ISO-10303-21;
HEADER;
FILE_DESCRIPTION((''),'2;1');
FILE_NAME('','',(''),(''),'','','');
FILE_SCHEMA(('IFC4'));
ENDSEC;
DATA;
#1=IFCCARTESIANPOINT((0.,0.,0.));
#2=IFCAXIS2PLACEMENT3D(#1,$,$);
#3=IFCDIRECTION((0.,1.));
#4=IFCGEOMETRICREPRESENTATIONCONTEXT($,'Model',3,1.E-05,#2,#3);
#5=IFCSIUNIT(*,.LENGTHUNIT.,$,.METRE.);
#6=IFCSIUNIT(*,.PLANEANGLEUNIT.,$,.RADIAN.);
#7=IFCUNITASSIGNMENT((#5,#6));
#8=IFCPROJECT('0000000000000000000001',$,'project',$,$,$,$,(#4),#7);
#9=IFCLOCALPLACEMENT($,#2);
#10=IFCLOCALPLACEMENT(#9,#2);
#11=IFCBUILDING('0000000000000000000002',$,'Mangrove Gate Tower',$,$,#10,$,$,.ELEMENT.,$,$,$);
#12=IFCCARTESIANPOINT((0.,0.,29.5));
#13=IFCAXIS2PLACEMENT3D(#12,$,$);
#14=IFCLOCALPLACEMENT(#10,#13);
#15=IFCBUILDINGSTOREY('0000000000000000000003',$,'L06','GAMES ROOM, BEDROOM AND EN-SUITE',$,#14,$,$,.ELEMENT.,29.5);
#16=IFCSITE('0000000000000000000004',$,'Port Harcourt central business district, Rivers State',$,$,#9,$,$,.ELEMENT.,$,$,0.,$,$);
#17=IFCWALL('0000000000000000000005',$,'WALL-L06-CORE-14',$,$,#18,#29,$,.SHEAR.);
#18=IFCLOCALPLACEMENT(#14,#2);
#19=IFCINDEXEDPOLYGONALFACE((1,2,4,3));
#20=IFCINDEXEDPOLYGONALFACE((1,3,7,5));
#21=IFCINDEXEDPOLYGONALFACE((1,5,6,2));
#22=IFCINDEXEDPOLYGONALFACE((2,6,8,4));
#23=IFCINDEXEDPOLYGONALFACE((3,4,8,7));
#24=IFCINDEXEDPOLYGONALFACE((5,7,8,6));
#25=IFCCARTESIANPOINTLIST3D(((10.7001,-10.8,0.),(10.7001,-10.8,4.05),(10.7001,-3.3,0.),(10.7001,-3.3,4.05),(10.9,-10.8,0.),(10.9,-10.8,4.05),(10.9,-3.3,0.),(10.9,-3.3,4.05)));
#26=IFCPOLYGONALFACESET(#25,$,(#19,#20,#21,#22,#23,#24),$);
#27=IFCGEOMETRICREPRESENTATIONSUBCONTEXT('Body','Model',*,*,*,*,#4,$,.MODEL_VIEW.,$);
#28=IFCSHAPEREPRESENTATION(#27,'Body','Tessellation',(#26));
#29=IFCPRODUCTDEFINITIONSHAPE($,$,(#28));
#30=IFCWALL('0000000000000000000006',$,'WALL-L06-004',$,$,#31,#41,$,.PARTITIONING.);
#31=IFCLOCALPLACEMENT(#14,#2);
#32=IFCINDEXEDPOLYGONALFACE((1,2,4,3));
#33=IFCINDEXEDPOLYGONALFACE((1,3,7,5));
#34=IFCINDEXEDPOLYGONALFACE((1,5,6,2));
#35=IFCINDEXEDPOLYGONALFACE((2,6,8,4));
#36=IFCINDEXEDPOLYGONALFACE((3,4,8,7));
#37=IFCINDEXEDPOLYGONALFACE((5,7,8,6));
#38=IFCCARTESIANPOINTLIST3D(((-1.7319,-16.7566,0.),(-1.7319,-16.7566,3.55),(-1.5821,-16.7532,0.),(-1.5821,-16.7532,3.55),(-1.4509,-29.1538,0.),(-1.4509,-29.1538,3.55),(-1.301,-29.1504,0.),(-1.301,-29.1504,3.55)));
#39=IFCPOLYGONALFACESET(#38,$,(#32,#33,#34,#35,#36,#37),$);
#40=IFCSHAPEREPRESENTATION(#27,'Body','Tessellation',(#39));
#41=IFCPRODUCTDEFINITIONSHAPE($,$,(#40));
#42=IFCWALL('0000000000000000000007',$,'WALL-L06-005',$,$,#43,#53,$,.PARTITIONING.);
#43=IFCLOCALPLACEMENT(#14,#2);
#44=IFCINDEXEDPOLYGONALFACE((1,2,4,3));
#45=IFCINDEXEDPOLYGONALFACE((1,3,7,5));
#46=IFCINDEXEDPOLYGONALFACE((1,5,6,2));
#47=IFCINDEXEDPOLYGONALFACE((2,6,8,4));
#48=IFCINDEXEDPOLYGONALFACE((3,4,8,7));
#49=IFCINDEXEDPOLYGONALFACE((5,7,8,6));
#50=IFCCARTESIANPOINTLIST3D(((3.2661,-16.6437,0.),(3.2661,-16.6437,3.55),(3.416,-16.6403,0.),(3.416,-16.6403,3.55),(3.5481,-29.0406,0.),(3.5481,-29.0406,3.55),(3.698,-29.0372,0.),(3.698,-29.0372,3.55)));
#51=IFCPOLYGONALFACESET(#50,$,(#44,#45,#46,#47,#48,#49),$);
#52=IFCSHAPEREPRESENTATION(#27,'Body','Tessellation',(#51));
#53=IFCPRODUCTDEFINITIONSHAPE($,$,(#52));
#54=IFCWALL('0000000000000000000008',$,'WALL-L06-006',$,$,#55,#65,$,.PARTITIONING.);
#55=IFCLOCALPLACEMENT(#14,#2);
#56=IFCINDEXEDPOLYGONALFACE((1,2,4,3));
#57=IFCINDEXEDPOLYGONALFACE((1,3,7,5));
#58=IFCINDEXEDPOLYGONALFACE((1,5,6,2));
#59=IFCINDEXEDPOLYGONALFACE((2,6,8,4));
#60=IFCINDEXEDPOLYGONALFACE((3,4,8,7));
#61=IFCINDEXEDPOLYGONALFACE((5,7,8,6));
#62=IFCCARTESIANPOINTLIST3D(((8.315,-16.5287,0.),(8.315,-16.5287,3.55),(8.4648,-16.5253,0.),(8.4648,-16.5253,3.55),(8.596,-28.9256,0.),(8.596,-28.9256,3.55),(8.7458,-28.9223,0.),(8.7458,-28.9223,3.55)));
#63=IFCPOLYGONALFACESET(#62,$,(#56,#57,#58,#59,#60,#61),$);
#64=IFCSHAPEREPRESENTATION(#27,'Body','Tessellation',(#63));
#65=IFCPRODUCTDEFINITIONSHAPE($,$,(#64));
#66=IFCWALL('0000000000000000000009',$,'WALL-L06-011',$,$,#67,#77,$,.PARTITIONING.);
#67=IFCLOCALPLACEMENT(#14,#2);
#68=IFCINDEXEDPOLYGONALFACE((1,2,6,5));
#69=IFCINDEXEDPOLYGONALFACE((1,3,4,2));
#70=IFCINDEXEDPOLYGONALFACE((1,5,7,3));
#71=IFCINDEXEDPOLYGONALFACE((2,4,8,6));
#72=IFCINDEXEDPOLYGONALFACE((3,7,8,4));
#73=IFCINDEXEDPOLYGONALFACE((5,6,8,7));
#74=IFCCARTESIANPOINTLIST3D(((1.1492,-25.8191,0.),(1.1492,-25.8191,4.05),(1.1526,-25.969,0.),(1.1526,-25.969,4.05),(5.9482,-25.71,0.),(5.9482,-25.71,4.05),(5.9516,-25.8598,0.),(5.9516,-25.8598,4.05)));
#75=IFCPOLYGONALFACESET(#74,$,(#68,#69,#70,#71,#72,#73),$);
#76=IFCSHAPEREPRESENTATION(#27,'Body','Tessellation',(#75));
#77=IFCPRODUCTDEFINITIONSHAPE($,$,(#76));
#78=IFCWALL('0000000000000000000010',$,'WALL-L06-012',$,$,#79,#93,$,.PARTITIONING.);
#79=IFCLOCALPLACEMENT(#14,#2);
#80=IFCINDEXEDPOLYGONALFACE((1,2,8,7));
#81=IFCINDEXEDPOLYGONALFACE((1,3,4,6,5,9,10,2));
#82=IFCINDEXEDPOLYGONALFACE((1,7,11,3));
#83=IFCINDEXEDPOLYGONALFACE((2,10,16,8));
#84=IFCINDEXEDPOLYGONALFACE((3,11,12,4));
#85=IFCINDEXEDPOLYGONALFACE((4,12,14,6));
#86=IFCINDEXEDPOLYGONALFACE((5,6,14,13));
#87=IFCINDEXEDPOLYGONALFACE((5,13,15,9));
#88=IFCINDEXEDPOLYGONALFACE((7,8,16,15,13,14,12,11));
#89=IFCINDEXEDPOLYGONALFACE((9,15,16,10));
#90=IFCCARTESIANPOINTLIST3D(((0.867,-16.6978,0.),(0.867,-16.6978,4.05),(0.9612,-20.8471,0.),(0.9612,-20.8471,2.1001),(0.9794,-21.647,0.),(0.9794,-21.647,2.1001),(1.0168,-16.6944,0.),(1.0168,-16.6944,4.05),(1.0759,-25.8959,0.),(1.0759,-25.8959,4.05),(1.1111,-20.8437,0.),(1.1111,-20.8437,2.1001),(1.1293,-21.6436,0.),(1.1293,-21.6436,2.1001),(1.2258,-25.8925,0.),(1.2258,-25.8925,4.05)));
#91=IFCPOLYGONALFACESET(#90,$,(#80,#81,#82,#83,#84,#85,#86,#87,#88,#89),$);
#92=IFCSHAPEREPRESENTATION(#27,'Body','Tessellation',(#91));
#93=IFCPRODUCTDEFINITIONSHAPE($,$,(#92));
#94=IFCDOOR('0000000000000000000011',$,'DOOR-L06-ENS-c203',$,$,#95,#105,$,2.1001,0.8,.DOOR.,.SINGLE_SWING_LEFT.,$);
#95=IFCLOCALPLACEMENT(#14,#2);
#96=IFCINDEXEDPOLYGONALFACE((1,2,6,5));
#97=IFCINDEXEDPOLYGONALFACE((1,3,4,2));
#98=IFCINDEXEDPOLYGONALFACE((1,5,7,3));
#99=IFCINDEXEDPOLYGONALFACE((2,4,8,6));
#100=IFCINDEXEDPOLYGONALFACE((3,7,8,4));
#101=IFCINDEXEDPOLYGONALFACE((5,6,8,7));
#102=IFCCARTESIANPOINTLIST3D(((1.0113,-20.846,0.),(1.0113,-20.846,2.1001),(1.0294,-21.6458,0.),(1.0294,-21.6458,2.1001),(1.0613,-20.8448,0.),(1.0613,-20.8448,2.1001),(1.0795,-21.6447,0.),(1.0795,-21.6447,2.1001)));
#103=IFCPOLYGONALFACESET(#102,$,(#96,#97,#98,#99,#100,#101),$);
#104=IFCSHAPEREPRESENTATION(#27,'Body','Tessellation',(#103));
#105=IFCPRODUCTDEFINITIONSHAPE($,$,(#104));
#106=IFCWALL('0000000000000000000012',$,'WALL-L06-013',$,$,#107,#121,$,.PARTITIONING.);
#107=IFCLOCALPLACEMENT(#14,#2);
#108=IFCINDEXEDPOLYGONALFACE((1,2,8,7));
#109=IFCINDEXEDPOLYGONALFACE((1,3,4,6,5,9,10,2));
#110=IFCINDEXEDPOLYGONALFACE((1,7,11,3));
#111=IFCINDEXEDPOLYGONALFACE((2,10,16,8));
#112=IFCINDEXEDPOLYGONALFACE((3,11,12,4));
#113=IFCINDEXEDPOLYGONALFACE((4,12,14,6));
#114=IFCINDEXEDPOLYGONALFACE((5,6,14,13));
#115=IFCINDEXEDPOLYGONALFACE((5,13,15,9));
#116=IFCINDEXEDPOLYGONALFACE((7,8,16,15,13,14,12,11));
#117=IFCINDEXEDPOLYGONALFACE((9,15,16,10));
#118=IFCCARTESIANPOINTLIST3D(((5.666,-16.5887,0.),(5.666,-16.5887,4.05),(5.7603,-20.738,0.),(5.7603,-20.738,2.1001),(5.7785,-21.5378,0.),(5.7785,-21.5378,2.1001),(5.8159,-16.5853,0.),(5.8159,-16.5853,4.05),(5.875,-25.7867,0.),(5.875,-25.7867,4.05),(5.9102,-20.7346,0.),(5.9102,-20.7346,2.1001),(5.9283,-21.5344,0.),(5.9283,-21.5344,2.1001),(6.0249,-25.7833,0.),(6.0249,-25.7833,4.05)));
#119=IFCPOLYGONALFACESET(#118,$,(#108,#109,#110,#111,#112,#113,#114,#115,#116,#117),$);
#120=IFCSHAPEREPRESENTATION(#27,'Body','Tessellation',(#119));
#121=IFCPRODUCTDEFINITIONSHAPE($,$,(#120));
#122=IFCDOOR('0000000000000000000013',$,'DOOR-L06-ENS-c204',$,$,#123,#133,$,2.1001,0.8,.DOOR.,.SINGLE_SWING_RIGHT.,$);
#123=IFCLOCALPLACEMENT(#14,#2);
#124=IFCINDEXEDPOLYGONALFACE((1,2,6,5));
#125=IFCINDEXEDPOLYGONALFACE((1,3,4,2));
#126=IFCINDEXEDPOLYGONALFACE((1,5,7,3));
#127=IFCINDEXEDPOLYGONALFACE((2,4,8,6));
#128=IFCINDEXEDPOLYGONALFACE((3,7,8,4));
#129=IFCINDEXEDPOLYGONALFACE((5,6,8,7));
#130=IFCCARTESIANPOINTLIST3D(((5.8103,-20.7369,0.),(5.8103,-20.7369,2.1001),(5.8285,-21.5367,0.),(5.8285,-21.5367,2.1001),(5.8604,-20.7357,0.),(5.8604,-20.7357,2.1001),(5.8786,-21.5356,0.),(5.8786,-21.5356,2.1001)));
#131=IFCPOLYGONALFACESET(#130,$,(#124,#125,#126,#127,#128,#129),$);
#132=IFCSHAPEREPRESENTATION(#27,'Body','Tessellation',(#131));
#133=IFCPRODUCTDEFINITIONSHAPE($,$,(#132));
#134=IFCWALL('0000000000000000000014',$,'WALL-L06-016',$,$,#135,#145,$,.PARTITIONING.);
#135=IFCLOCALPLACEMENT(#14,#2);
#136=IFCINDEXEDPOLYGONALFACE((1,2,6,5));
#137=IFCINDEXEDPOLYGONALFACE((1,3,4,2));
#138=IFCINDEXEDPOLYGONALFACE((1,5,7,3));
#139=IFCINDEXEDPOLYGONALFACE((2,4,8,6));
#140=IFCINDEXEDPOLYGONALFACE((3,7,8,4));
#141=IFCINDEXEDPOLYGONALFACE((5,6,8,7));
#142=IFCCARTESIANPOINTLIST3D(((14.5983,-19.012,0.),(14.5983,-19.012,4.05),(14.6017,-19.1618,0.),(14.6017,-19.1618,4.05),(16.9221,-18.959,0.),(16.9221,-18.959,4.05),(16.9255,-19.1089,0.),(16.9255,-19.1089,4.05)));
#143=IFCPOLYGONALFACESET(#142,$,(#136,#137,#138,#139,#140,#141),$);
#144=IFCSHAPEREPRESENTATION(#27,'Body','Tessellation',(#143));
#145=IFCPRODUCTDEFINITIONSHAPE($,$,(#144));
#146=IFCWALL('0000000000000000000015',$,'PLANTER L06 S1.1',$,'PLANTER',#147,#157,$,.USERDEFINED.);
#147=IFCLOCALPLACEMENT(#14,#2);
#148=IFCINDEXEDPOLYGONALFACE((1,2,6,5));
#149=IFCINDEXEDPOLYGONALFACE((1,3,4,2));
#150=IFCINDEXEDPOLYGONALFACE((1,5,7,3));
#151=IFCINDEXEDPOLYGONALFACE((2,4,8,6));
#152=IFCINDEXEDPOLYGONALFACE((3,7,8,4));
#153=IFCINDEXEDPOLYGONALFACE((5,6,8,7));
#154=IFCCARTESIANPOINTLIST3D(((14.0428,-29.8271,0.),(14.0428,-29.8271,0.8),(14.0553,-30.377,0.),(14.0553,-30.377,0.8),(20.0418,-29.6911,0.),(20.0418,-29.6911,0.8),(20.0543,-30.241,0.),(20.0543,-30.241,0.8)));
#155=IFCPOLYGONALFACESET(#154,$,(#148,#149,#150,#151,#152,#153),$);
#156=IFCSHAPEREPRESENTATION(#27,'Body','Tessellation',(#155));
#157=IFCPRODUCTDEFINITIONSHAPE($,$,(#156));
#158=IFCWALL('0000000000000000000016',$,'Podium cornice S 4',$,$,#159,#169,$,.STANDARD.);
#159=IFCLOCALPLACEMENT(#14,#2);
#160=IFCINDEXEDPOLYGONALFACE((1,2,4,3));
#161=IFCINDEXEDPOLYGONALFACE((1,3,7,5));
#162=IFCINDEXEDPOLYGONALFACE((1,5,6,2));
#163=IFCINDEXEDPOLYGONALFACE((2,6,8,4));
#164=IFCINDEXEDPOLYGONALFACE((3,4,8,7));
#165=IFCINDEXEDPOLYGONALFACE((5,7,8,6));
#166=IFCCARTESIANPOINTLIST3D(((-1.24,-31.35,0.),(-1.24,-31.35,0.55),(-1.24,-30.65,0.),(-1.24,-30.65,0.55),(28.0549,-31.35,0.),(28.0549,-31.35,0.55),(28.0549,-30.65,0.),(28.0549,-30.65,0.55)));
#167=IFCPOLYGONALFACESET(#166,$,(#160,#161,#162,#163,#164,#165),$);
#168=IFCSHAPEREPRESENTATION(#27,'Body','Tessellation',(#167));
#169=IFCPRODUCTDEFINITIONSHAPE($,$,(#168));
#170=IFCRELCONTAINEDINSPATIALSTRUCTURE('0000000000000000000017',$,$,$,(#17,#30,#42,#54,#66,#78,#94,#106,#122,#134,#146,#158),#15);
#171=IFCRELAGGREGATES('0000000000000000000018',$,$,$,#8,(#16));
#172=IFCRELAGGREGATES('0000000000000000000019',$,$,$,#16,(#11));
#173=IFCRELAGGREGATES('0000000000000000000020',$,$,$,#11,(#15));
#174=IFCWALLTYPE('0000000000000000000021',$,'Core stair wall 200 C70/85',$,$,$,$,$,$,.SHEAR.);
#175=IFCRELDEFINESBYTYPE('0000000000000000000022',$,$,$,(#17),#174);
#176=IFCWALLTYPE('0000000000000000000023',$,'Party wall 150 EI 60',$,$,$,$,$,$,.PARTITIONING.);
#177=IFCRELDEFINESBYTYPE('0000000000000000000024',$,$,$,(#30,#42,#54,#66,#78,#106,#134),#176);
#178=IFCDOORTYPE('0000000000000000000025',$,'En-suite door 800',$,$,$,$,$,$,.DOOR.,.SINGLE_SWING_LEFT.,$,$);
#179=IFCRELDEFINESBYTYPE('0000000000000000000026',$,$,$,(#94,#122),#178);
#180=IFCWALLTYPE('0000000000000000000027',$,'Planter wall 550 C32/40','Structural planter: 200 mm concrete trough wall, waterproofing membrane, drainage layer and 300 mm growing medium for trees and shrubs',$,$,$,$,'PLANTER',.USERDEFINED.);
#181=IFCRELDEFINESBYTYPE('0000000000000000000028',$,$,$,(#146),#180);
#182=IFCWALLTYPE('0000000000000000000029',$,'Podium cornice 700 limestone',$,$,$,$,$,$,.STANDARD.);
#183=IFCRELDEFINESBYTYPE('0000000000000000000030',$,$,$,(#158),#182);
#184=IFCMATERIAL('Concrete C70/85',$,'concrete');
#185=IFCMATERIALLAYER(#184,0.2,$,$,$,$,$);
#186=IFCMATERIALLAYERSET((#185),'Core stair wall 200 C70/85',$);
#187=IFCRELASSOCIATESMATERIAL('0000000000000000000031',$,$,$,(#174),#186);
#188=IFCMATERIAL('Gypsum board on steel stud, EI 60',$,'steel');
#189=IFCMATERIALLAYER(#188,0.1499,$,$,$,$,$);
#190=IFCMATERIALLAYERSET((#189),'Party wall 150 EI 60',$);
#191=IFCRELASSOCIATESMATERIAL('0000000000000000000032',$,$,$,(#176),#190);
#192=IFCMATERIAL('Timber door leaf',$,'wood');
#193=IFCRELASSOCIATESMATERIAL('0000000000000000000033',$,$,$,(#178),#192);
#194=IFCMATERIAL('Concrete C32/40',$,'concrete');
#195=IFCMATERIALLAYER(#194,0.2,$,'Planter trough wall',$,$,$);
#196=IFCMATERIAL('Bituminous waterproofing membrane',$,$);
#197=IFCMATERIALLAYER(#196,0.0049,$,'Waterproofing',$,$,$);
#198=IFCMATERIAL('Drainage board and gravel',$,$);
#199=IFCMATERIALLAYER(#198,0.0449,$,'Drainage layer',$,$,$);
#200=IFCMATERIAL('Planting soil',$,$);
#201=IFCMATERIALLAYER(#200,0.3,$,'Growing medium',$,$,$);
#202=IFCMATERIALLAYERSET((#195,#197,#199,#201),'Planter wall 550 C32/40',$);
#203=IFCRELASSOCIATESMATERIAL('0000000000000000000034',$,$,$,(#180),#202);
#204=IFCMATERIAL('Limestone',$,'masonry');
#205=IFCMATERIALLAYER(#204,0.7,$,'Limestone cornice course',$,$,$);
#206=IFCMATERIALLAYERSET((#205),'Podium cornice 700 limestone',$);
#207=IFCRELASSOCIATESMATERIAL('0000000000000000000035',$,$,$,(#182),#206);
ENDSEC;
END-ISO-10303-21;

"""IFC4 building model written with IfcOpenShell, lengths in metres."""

from ifc_helpers import new_model, si_unit, direction, frame, frame_2d, origin, place, context, subcontext, project, spatial, rectangle, extrude, material, layer, layer_set, type_object, element, fill, save


model = new_model("IFC4")

# Units and contexts
model_context = context("Model", 3, precision=1e-05, world=origin(), true_north=direction((0.0, 1.0)))
body_context = subcontext(model_context, "Body", "Model", "MODEL_VIEW")
ifc_project = project(units=[si_unit("LENGTHUNIT", "METRE"), si_unit("PLANEANGLEUNIT", "RADIAN")], contexts=[model_context])

# Site, building, storey
site_placement = place(None, origin())
site = spatial("IfcSite", under=ifc_project, at=site_placement, Name="Port Harcourt central business district, Rivers State", CompositionType="ELEMENT", RefElevation=0.0)
building_placement = place(site_placement, origin())
building = spatial("IfcBuilding", under=site, at=building_placement, Name="Mangrove Gate Tower", CompositionType="ELEMENT")
storey_placement = place(building_placement, frame((0.0, 0.0, 29.5)))
storey = spatial("IfcBuildingStorey", under=building, at=storey_placement, Name="L06", Description="GAMES ROOM, BEDROOM AND EN-SUITE", CompositionType="ELEMENT", Elevation=29.5)

# Shared definitions
ifc_material_1 = material(Name="Concrete C70/85", Category="concrete")
ifc_layer_1 = layer(ifc_material_1, 0.2)
ifc_layer_set_1 = layer_set([ifc_layer_1], Name="Core stair wall 200 C70/85")
wall_type_1 = type_object("IfcWallType", Name="Core stair wall 200 C70/85", PredefinedType="SHEAR", material=ifc_layer_set_1)

# Walls
wall_1_placement = place(storey_placement, frame((10.8, -10.8, 0.0), z_axis=(0.0, 0.0, 1.0), x_axis=(0.0, 1.0, 0.0)))
element("IfcWall", 1, at=wall_1_placement, inside=storey, type_object=wall_type_1, Name="WALL-L06-CORE-14", PredefinedType="SHEAR", context=body_context, shape_type="SweptSolid", body=[
    extrude(rectangle(XDim=7.5, YDim=0.2, at=frame_2d((3.75, 0.0))), origin(), (0.0, 0.0, 1.0), 4.05),
])
ifc_material_2 = material(Name="Gypsum board on steel stud, EI 60", Category="steel")
ifc_layer_2 = layer(ifc_material_2, 0.1499)
ifc_layer_set_2 = layer_set([ifc_layer_2], Name="Party wall 150 EI 60")
wall_type_2 = type_object("IfcWallType", Name="Party wall 150 EI 60", PredefinedType="PARTITIONING", material=ifc_layer_set_2)
wall_2_placement = place(storey_placement, frame((-1.376, -29.1521, 0.0), z_axis=(0.0, 0.0, 1.0), x_axis=(-0.022661, 0.999743, 0.0)))
element("IfcWall", 2, at=wall_2_placement, inside=storey, type_object=wall_type_2, Name="WALL-L06-004", PredefinedType="PARTITIONING", context=body_context, shape_type="SweptSolid", body=[
    extrude(rectangle(XDim=12.4004, YDim=0.1499, at=frame_2d((6.2002, 0.0))), origin(), (0.0, 0.0, 1.0), 3.55),
])
for number, where, z_axis, x_axis, name in (
    (3, (3.623, -29.0391, 0.0), (0.0, 0.0, 1.0), (-0.02274, 0.999741, 0.0), "WALL-L06-005"),
    (4, (8.6709, -28.9241, 0.0), (0.0, 0.0, 1.0), (-0.022661, 0.999743, 0.0), "WALL-L06-006"),
):
    element("IfcWall", number, at=place(storey_placement, frame(where, z_axis=z_axis, x_axis=x_axis)), inside=storey, type_object=wall_type_2, Name=name, PredefinedType="PARTITIONING", context=body_context, shape_type="SweptSolid", body=[
        extrude(rectangle(XDim=12.4001, YDim=0.1499, at=frame_2d((6.2002, 0.0))), origin(), (0.0, 0.0, 1.0), 3.55),
    ])
wall_3_placement = place(storey_placement, frame((1.1509, -25.894, 0.0), z_axis=(0.0, 0.0, 1.0), x_axis=(0.999742, 0.022734, 0.0)))
element("IfcWall", 5, at=wall_3_placement, inside=storey, type_object=wall_type_2, Name="WALL-L06-011", PredefinedType="PARTITIONING", context=body_context, shape_type="SweptSolid", body=[
    extrude(rectangle(XDim=4.8003, YDim=0.1499, at=frame_2d((2.4001, 0.0))), origin(), (0.0, 0.0, 1.0), 4.05),
])

# Walls, openings, doors
wall_4_placement = place(storey_placement, frame((1.1509, -25.894, 0.0), z_axis=(0.0, 0.0, 1.0), x_axis=(-0.022715, 0.999742, 0.0)))
wall_4 = element("IfcWall", 6, at=wall_4_placement, inside=storey, type_object=wall_type_2, Name="WALL-L06-012", PredefinedType="PARTITIONING", context=body_context, shape_type="SweptSolid", body=[
    extrude(rectangle(XDim=9.2004, YDim=0.1499, at=frame_2d((4.6001, 0.0))), origin(), (0.0, 0.0, 1.0), 4.05),
])
opening_1_placement = place(wall_4_placement, frame((4.25, 0.0, 0.0)))
opening_1 = element("IfcOpeningElement", 7, at=opening_1_placement, cuts=wall_4, PredefinedType="OPENING", context=body_context, shape_type="SweptSolid", body=[
    extrude(rectangle(XDim=0.8, YDim=2.1001, at=frame_2d((0.3999, 1.05))), frame((0.0, 0.085, 0.0), z_axis=(0.0, -1.0, 0.0), x_axis=(1.0, 0.0, 0.0)), (0.0, 0.0, 1.0), 0.1699),
])
ifc_material_3 = material(Name="Timber door leaf", Category="wood")
door_type_1 = type_object("IfcDoorType", Name="En-suite door 800", OperationType="SINGLE_SWING_LEFT", PredefinedType="DOOR", material=ifc_material_3)
door_1_placement = place(opening_1_placement, origin())
door_1 = element("IfcDoor", 8, at=door_1_placement, inside=storey, type_object=door_type_1, Name="DOOR-L06-ENS-c203", OperationType="SINGLE_SWING_LEFT", OverallHeight=2.1001, OverallWidth=0.8, PredefinedType="DOOR", context=body_context, shape_type="SweptSolid", body=[
    extrude(rectangle(XDim=0.8, YDim=2.1001, at=frame_2d((0.3999, 1.05))), frame((0.0, 0.0249, 0.0), z_axis=(0.0, -1.0, 0.0), x_axis=(1.0, 0.0, 0.0)), (0.0, 0.0, 1.0), 0.05),
])
fill(opening_1, door_1)
wall_5_placement = place(storey_placement, frame((5.95, -25.7849, 0.0), z_axis=(0.0, 0.0, 1.0), x_axis=(-0.022715, 0.999742, 0.0)))
wall_5 = element("IfcWall", 9, at=wall_5_placement, inside=storey, type_object=wall_type_2, Name="WALL-L06-013", PredefinedType="PARTITIONING", context=body_context, shape_type="SweptSolid", body=[
    extrude(rectangle(XDim=9.2004, YDim=0.1499, at=frame_2d((4.6001, 0.0))), origin(), (0.0, 0.0, 1.0), 4.05),
])
opening_2_placement = place(wall_5_placement, frame((4.25, 0.0, 0.0)))
opening_2 = element("IfcOpeningElement", 10, at=opening_2_placement, cuts=wall_5, PredefinedType="OPENING", context=body_context, shape_type="SweptSolid", body=[
    extrude(rectangle(XDim=0.8, YDim=2.1001, at=frame_2d((0.3999, 1.05))), frame((0.0, 0.085, 0.0), z_axis=(0.0, -1.0, 0.0), x_axis=(1.0, 0.0, 0.0)), (0.0, 0.0, 1.0), 0.1699),
])
door_2_placement = place(opening_2_placement, origin())
door_2 = element("IfcDoor", 11, at=door_2_placement, inside=storey, type_object=door_type_1, Name="DOOR-L06-ENS-c204", OperationType="SINGLE_SWING_RIGHT", OverallHeight=2.1001, OverallWidth=0.8, PredefinedType="DOOR", context=body_context, shape_type="SweptSolid", body=[
    extrude(rectangle(XDim=0.8, YDim=2.1001, at=frame_2d((0.3999, 1.05))), frame((0.0, 0.0249, 0.0), z_axis=(0.0, -1.0, 0.0), x_axis=(1.0, 0.0, 0.0)), (0.0, 0.0, 1.0), 0.05),
])
fill(opening_2, door_2)

# Walls
wall_6_placement = place(storey_placement, frame((14.6001, -19.0869, 0.0), z_axis=(0.0, 0.0, 1.0), x_axis=(0.99974, 0.022791, 0.0)))
element("IfcWall", 12, at=wall_6_placement, inside=storey, type_object=wall_type_2, Name="WALL-L06-016", PredefinedType="PARTITIONING", context=body_context, shape_type="SweptSolid", body=[
    extrude(rectangle(XDim=2.3245, YDim=0.1499, at=frame_2d((1.1621, 0.0))), origin(), (0.0, 0.0, 1.0), 4.05),
])
ifc_material_4 = material(Name="Concrete C32/40", Category="concrete")
ifc_layer_3 = layer(ifc_material_4, 0.2, Name="Planter trough wall")
ifc_material_5 = material(Name="Bituminous waterproofing membrane")
ifc_layer_4 = layer(ifc_material_5, 0.0049, Name="Waterproofing")
ifc_material_6 = material(Name="Drainage board and gravel")
ifc_layer_5 = layer(ifc_material_6, 0.0449, Name="Drainage layer")
ifc_material_7 = material(Name="Planting soil")
ifc_layer_6 = layer(ifc_material_7, 0.3, Name="Growing medium")
ifc_layer_set_3 = layer_set([ifc_layer_3, ifc_layer_4, ifc_layer_5, ifc_layer_6], Name="Planter wall 550 C32/40")
wall_type_3 = type_object("IfcWallType", Name="Planter wall 550 C32/40", Description="Structural planter: 200 mm concrete trough wall, waterproofing membrane, drainage layer and 300 mm growing medium for trees and shrubs", ElementType="PLANTER", PredefinedType="USERDEFINED", material=ifc_layer_set_3)
wall_7_placement = place(storey_placement, frame((14.0491, -30.1021, 0.0), z_axis=(0.0, 0.0, 1.0), x_axis=(0.999743, 0.022662, 0.0)))
element("IfcWall", 13, at=wall_7_placement, inside=storey, type_object=wall_type_3, Name="PLANTER L06 S1.1", ObjectType="PLANTER", PredefinedType="USERDEFINED", context=body_context, shape_type="SweptSolid", body=[
    extrude(rectangle(XDim=6.0005, YDim=0.55, at=frame_2d((3.0002, 0.0))), origin(), (0.0, 0.0, 1.0), 0.8),
])
ifc_material_8 = material(Name="Limestone", Category="masonry")
ifc_layer_7 = layer(ifc_material_8, 0.7, Name="Limestone cornice course")
ifc_layer_set_4 = layer_set([ifc_layer_7], Name="Podium cornice 700 limestone")
wall_type_4 = type_object("IfcWallType", Name="Podium cornice 700 limestone", PredefinedType="STANDARD", material=ifc_layer_set_4)
wall_8_placement = place(storey_placement, frame((-1.24, -31.0, 0.0), z_axis=(0.0, 0.0, 1.0), x_axis=(1.0, 0.0, 0.0)))
element("IfcWall", 14, at=wall_8_placement, inside=storey, type_object=wall_type_4, Name="Podium cornice S 4", PredefinedType="STANDARD", context=body_context, shape_type="SweptSolid", body=[
    extrude(rectangle(XDim=29.2949, YDim=0.7, at=frame_2d((14.6475, 0.0))), origin(), (0.0, 0.0, 1.0), 0.55),
])

save(model, "model.ifc")
